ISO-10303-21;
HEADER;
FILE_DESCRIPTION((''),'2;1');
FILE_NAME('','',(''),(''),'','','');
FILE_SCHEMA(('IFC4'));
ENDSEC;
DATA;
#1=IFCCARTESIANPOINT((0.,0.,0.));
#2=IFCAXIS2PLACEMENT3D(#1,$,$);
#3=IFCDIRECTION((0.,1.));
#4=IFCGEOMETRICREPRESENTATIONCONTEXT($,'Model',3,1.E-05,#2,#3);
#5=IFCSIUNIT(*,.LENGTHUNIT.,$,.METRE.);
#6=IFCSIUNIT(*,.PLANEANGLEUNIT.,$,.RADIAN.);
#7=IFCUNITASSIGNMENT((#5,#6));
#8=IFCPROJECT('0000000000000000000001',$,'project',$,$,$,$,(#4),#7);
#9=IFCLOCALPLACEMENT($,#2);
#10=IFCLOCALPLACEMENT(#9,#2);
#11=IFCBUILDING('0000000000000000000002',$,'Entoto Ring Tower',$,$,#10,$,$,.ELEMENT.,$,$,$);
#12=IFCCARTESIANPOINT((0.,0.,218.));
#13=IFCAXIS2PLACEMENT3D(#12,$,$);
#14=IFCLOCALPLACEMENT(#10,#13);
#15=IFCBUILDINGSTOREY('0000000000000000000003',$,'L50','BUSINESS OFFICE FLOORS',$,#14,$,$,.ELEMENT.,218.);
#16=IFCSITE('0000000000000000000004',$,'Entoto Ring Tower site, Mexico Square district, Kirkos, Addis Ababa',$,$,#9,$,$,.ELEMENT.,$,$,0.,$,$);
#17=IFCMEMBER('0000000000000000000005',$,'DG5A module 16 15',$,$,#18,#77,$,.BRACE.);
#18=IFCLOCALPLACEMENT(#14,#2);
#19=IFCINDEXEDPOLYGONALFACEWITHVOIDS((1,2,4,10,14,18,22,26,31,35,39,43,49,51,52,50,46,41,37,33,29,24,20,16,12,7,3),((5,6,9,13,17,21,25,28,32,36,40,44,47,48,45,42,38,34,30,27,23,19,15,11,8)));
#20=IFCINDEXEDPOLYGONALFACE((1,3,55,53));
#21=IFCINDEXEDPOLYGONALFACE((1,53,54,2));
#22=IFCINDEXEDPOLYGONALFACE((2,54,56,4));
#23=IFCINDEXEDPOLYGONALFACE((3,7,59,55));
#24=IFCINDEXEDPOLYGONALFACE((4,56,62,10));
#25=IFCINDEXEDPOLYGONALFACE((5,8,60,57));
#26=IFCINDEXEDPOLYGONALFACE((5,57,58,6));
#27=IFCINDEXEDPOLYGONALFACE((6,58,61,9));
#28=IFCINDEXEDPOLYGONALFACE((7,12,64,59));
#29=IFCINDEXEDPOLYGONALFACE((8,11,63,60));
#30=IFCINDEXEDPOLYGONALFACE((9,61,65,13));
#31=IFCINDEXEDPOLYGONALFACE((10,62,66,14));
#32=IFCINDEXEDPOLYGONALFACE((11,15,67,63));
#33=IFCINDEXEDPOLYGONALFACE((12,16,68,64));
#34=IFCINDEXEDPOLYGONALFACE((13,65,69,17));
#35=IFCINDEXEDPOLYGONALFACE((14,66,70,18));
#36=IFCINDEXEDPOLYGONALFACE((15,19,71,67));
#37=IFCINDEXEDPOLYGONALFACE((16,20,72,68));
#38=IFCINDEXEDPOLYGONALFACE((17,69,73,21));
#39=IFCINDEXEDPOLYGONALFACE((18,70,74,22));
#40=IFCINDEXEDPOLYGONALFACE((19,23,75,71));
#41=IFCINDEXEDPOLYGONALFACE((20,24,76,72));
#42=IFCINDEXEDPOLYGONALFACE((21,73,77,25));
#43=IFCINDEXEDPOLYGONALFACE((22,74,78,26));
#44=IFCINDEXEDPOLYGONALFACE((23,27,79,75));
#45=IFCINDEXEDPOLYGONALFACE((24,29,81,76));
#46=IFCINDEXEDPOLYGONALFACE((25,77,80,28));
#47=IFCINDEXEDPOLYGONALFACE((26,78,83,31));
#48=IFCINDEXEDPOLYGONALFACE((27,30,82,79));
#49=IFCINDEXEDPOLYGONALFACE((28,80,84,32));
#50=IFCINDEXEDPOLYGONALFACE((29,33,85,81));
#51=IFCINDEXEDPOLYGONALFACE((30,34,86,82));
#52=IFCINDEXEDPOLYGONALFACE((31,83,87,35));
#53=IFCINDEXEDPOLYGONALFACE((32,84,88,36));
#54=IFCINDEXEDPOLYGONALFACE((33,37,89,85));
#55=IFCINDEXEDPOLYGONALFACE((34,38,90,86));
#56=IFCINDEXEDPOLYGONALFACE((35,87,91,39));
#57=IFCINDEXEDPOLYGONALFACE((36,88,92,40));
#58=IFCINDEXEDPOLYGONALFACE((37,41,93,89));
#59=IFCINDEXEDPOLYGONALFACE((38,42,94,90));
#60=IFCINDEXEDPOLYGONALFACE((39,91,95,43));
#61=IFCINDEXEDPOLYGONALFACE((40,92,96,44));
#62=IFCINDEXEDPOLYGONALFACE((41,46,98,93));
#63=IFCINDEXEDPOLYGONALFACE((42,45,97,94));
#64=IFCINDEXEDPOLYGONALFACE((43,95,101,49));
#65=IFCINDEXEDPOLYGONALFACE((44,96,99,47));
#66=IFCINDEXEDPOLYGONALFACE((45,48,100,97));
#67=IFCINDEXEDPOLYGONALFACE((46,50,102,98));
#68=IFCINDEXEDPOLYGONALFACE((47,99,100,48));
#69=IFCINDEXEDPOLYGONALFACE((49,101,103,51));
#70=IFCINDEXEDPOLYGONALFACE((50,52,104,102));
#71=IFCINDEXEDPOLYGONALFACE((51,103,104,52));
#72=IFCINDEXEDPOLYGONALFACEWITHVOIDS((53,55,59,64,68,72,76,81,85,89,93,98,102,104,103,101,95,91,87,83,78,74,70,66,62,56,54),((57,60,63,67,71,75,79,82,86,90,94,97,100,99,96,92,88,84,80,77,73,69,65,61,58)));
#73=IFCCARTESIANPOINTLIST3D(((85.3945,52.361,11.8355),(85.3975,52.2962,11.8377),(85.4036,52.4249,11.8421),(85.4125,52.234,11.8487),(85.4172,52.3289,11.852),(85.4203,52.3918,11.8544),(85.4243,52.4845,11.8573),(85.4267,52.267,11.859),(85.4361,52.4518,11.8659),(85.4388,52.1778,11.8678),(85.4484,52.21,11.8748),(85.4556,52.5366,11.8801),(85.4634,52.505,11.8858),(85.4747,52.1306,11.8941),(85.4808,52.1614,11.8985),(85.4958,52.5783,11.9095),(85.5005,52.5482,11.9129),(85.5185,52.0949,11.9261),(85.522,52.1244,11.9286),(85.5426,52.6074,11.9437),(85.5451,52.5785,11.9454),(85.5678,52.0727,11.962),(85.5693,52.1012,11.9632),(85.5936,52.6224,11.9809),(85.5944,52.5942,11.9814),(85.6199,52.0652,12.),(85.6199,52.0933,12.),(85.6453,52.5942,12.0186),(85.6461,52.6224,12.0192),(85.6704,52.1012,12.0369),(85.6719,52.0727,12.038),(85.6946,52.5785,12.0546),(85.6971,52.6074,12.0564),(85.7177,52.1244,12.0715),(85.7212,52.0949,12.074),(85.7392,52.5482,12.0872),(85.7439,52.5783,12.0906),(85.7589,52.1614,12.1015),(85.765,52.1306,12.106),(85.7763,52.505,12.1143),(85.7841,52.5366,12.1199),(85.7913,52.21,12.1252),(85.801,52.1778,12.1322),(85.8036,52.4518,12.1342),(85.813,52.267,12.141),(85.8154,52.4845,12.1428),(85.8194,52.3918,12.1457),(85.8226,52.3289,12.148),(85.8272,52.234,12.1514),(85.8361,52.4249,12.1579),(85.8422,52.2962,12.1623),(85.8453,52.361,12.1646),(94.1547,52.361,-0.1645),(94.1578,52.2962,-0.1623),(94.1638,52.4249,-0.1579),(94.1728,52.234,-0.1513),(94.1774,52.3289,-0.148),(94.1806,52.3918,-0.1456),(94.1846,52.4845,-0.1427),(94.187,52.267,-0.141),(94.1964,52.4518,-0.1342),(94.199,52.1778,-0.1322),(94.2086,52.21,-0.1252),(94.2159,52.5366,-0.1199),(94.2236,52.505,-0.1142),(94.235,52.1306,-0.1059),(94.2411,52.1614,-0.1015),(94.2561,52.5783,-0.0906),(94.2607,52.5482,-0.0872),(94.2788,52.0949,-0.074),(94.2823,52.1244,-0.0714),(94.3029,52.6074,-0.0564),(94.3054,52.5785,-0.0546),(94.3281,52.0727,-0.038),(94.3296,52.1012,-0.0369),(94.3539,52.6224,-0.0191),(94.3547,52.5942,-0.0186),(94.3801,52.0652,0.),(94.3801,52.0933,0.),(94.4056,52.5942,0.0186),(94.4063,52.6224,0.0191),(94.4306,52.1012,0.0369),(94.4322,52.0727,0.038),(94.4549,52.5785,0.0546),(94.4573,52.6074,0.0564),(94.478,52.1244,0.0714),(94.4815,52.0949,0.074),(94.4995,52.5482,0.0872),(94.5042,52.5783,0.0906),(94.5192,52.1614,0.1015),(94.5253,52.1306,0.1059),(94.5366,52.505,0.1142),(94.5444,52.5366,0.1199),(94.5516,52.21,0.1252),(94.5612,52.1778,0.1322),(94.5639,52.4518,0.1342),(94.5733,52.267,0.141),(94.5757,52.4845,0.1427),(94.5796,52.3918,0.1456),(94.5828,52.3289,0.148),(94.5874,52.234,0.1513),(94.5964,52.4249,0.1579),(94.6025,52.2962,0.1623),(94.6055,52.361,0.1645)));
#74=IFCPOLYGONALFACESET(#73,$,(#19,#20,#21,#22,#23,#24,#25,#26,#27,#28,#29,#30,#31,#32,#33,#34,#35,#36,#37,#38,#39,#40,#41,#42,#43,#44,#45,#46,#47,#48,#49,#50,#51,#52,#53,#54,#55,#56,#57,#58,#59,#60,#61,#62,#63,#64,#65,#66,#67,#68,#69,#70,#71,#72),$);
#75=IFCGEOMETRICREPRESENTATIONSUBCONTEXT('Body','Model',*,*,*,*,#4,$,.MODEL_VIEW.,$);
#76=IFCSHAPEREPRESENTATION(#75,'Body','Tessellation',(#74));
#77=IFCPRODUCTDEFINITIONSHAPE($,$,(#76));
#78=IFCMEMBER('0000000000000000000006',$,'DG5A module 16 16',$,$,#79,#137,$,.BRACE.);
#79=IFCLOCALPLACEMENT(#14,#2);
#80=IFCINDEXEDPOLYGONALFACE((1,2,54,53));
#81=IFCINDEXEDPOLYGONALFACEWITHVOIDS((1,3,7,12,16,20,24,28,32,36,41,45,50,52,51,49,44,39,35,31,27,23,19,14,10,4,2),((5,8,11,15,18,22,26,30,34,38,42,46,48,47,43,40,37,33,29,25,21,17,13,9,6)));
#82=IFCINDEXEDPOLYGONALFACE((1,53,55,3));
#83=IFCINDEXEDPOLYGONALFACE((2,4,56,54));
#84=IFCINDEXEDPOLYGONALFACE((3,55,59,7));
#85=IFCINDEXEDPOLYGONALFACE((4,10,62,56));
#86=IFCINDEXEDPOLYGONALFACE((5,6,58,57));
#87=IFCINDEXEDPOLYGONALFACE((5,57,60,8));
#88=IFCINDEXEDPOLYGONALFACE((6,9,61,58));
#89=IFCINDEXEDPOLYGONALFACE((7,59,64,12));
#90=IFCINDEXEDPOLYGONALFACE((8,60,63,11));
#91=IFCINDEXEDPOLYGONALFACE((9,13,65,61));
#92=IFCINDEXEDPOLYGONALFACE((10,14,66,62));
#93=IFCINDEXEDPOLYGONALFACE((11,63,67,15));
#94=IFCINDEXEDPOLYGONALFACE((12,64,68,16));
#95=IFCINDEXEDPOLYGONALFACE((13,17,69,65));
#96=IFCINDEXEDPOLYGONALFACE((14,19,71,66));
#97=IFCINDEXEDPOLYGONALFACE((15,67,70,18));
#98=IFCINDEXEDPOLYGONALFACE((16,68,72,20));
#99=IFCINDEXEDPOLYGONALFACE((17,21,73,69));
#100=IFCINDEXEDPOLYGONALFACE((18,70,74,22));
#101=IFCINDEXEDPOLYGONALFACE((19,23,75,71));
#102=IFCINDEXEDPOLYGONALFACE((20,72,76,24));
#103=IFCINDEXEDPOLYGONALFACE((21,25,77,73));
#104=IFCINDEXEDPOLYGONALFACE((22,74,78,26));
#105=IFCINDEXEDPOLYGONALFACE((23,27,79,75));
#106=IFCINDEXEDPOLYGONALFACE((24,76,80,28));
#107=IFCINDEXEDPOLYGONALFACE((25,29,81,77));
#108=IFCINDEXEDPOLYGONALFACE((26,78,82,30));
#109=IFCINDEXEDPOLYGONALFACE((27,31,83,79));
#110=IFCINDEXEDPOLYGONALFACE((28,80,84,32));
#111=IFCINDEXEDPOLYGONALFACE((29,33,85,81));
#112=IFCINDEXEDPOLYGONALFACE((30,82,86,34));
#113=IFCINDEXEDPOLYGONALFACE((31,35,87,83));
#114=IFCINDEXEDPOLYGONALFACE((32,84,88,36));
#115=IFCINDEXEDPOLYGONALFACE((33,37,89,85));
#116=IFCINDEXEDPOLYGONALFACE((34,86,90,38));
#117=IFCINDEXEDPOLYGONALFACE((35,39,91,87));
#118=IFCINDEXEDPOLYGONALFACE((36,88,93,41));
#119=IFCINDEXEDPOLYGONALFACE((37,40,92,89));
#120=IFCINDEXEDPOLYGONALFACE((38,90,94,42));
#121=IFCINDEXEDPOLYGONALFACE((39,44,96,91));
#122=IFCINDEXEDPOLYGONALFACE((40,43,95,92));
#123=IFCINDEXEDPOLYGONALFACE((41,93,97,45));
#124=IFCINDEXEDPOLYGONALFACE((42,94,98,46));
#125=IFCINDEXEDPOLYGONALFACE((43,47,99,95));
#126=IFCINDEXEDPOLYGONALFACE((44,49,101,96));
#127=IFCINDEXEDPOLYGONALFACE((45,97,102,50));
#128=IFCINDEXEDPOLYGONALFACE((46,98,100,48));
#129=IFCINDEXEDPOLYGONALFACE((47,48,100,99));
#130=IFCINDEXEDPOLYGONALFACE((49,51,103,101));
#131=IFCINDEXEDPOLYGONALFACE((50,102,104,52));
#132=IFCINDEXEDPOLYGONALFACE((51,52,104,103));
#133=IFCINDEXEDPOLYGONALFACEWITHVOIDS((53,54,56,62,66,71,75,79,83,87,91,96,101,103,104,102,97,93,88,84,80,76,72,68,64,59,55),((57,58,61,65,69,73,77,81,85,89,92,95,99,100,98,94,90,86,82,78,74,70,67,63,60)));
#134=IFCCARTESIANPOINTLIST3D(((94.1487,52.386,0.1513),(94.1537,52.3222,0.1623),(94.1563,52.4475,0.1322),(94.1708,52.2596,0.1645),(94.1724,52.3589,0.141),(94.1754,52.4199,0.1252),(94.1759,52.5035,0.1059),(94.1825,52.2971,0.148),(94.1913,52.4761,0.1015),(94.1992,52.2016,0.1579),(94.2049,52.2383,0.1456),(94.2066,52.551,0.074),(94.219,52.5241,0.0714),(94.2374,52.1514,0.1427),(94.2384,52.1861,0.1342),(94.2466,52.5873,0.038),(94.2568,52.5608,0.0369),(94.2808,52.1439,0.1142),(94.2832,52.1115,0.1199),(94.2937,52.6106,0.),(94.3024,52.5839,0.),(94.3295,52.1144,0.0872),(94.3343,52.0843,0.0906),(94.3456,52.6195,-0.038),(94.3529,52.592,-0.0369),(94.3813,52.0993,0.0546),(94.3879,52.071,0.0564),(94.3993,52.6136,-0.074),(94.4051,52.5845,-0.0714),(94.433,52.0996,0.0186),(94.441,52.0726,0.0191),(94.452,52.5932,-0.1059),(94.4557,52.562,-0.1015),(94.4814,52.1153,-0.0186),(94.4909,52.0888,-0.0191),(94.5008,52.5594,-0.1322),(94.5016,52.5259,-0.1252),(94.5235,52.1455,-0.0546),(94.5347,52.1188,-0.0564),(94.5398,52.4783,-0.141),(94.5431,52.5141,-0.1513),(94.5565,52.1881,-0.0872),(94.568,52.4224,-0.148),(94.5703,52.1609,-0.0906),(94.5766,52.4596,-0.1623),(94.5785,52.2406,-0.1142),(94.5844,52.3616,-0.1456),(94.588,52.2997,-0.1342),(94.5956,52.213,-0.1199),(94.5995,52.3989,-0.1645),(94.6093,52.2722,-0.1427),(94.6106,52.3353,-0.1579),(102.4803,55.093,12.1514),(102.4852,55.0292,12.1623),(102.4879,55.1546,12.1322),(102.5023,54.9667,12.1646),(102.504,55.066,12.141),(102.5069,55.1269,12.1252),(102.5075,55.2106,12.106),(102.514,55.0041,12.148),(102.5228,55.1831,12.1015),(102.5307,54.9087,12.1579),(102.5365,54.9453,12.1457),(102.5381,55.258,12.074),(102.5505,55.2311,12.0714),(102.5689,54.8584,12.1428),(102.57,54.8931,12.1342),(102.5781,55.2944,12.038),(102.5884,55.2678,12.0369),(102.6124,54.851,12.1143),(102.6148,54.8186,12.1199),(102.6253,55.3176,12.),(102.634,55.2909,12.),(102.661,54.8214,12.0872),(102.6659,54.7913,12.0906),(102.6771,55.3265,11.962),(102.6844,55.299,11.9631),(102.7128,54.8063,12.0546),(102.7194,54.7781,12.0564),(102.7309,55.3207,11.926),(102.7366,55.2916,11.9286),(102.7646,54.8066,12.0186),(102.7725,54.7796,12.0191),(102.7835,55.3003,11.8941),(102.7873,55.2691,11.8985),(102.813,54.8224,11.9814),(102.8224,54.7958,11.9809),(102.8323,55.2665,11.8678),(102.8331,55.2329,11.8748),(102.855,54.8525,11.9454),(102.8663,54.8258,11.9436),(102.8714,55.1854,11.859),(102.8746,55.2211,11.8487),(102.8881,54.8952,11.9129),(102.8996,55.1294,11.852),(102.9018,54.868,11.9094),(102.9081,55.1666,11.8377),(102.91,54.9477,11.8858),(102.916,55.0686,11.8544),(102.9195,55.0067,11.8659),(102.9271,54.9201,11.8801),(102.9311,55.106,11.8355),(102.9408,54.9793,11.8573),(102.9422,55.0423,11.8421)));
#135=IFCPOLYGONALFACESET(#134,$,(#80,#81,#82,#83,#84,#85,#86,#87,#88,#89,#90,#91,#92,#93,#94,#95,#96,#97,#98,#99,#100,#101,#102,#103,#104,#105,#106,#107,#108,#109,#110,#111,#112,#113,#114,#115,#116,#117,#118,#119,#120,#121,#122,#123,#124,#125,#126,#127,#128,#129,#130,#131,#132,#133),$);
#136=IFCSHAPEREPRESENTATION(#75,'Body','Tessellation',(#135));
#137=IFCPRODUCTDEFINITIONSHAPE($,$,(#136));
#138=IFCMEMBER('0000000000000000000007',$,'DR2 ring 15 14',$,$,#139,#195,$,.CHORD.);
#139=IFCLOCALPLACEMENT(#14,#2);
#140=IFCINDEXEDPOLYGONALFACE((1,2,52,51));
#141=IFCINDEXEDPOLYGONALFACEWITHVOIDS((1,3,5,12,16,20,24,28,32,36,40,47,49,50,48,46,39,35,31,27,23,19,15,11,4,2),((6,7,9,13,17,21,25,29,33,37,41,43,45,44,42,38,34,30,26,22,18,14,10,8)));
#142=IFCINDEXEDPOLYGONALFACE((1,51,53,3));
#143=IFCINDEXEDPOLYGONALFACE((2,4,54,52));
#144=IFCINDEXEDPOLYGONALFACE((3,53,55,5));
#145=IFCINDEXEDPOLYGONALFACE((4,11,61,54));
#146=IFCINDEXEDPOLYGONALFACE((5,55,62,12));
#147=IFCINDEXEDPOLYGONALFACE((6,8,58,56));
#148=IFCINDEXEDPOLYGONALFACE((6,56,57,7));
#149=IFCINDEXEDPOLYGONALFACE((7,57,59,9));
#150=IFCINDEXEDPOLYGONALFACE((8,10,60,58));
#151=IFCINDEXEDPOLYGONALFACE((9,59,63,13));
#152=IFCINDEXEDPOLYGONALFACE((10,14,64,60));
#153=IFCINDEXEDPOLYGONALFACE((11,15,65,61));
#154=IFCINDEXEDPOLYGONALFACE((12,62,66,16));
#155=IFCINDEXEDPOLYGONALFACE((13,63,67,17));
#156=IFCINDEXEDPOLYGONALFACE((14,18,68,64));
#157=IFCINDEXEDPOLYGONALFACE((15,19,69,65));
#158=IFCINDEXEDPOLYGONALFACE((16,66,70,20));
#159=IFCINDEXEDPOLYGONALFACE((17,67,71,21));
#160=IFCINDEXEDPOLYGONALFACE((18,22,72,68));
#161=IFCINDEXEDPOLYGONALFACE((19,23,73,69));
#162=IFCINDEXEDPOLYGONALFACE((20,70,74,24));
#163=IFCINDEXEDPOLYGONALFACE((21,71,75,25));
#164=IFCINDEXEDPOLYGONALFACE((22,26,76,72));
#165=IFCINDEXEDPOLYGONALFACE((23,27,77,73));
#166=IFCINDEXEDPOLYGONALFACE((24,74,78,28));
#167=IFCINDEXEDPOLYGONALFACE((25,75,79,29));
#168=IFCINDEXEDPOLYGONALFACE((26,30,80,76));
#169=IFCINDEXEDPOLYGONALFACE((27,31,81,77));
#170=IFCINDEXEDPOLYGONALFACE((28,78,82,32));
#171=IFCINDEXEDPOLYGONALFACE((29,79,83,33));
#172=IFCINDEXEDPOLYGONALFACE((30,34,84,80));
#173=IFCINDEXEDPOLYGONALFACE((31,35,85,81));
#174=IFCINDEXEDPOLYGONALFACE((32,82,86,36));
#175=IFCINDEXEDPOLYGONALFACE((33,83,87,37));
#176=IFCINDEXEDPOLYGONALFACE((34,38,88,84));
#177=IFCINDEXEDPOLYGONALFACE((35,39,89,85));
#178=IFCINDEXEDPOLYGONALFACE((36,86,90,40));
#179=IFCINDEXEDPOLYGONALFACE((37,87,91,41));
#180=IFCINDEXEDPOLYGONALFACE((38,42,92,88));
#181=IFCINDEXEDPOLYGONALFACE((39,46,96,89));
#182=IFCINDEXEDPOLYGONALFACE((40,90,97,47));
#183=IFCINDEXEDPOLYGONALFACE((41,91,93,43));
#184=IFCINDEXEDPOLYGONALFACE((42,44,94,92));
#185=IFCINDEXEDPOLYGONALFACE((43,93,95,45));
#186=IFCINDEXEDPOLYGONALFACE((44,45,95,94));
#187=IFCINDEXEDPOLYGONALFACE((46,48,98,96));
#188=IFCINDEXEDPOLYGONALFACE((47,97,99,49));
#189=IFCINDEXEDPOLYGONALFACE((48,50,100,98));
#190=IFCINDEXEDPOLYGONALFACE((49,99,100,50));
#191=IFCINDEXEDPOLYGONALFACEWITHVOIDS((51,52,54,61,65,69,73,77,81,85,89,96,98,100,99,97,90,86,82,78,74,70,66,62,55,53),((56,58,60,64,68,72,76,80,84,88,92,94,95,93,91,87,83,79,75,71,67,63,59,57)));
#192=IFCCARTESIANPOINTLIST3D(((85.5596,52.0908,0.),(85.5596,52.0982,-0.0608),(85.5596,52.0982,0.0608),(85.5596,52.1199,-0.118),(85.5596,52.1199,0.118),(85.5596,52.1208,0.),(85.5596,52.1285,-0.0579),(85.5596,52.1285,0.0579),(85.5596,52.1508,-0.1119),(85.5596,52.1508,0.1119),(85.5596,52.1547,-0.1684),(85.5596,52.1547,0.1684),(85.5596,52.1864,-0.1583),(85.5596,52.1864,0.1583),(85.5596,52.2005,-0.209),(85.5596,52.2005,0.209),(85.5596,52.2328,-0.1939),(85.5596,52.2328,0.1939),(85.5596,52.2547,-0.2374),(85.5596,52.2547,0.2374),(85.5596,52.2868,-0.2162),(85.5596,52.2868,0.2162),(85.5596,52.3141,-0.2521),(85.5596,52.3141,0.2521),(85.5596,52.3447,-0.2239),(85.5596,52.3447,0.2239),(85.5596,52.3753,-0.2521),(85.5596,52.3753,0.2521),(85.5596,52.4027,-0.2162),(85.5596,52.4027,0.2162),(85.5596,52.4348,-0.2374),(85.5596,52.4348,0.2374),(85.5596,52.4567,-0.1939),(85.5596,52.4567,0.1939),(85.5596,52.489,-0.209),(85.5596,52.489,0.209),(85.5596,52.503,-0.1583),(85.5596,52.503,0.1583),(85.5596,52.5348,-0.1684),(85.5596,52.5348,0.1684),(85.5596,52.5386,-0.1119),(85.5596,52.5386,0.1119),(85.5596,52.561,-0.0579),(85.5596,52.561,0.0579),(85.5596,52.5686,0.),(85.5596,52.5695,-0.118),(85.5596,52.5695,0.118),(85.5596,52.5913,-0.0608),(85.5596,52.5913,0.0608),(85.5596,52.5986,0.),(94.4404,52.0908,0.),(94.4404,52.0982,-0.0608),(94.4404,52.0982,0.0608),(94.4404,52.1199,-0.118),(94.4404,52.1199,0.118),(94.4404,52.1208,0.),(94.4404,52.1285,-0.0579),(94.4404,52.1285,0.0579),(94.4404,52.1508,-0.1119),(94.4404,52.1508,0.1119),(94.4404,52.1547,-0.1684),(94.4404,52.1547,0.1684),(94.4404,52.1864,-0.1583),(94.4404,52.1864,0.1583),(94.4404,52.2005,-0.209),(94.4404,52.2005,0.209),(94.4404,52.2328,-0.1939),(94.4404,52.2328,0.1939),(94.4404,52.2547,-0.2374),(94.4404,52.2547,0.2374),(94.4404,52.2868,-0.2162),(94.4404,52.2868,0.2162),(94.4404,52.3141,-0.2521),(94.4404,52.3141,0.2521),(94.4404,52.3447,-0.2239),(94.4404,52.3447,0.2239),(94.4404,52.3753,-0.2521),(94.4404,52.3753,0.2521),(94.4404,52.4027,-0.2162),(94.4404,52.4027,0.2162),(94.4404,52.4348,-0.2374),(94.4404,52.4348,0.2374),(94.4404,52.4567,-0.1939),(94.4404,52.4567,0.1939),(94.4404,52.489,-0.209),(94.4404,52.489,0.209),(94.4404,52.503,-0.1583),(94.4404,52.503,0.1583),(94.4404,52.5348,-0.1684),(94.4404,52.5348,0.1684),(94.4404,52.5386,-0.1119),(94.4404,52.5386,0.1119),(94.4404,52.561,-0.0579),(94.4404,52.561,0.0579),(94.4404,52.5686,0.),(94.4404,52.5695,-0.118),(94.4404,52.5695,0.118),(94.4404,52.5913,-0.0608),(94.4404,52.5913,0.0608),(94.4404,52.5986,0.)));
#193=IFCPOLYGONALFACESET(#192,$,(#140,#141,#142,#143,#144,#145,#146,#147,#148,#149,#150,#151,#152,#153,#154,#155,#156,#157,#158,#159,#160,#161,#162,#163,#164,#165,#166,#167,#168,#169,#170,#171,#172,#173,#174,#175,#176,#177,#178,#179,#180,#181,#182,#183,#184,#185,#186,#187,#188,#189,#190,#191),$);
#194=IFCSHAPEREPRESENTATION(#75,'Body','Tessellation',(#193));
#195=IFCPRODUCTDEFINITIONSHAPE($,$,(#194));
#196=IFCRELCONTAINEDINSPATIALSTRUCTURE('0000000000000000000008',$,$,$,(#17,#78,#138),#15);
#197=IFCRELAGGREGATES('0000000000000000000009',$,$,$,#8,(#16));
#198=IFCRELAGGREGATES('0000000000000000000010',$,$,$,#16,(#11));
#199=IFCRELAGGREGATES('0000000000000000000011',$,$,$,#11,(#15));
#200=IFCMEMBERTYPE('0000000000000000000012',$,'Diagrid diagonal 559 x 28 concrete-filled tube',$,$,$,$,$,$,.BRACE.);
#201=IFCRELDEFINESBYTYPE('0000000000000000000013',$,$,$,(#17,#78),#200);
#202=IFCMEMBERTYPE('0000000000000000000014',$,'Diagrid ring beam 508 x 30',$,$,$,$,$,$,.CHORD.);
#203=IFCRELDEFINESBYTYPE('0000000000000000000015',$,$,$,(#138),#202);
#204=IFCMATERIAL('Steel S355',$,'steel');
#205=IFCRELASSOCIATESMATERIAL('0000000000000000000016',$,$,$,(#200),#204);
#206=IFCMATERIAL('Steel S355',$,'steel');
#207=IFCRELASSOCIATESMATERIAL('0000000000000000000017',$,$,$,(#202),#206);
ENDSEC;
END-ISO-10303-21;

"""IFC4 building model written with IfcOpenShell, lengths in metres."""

from ifc_helpers import new_model, si_unit, direction, frame, origin, origin_2d, place, context, subcontext, project, spatial, circle, hollow_circle, extrude, material, material_profile, profile_set, type_object, element, save


model = new_model("IFC4")

# Units and contexts
model_context = context("Model", 3, precision=1e-05, world=origin(), true_north=direction((0.0, 1.0)))
body_context = subcontext(model_context, "Body", "Model", "MODEL_VIEW")
ifc_project = project(units=[si_unit("LENGTHUNIT", "METRE"), si_unit("PLANEANGLEUNIT", "RADIAN")], contexts=[model_context])

# Site, building, storey
site_placement = place(None, origin())
site = spatial("IfcSite", under=ifc_project, at=site_placement, Name="Entoto Ring Tower site, Mexico Square district, Kirkos, Addis Ababa", CompositionType="ELEMENT", RefElevation=0.0)
building_placement = place(site_placement, origin())
building = spatial("IfcBuilding", under=site, at=building_placement, Name="Entoto Ring Tower", CompositionType="ELEMENT")
storey_placement = place(building_placement, frame((0.0, 0.0, 218.0)))
storey = spatial("IfcBuildingStorey", under=building, at=storey_placement, Name="L50", Description="BUSINESS OFFICE FLOORS", CompositionType="ELEMENT", Elevation=218.0)

# Members
ifc_material_1 = material(Name="Steel S355", Category="steel")
ifc_material_profile_1 = material_profile(ifc_material_1, hollow_circle(Radius=0.2795, WallThickness=0.0281, at=origin_2d()), Name="CHS 559 x 28")
ifc_material_2 = material(Name="Concrete C60/75", Category="concrete")
ifc_material_profile_2 = material_profile(ifc_material_2, circle(Radius=0.2515, at=origin_2d()), Name="Concrete C60/75 infill")
ifc_profile_set_1 = profile_set([ifc_material_profile_1, ifc_material_profile_2], Name="Steel S355")
member_type_1 = type_object("IfcMemberType", Name="Diagrid diagonal 559 x 28 concrete-filled tube", PredefinedType="BRACE", material=ifc_profile_set_1)
for number, where, z_axis, x_axis, name in (
    (1, (94.3801, 52.3447, 0.0), (-0.589623, 0.0, 0.807679), (0.0, -1.0, 0.0), "DG5A module 16 15"),
    (2, (94.3801, 52.3447, 0.0), (0.560767, 0.182201, 0.807678), (-0.309012, 0.951058, 0.0), "DG5A module 16 16"),
):
    element("IfcMember", number, at=place(storey_placement, frame(where, z_axis=z_axis, x_axis=x_axis)), inside=storey, type_object=member_type_1, Name=name, PredefinedType="BRACE", context=body_context, shape_type="SweptSolid", body=[
        extrude(hollow_circle(Radius=0.2795, WallThickness=0.0281, at=origin_2d()), origin(), (0.0, 0.0, 1.0), 14.8574),
    ])
ifc_material_3 = material(Name="Steel S355", Category="steel")
ifc_material_profile_3 = material_profile(ifc_material_3, hollow_circle(Radius=0.2539, WallThickness=0.03, at=origin_2d()), Name="CHS 508 x 30")
ifc_material_4 = material(Name="Concrete C60/75", Category="concrete")
ifc_material_profile_4 = material_profile(ifc_material_4, circle(Radius=0.2241, at=origin_2d()), Name="Concrete C60/75 infill")
ifc_profile_set_2 = profile_set([ifc_material_profile_3, ifc_material_profile_4], Name="Steel S355")
member_type_2 = type_object("IfcMemberType", Name="Diagrid ring beam 508 x 30", PredefinedType="CHORD", material=ifc_profile_set_2)
member_1_placement = place(storey_placement, frame((85.5596, 52.3447, 0.0), z_axis=(1.0, 0.0, 0.0), x_axis=(0.0, 1.0, 0.0)))
element("IfcMember", 3, at=member_1_placement, inside=storey, type_object=member_type_2, Name="DR2 ring 15 14", PredefinedType="CHORD", context=body_context, shape_type="SweptSolid", body=[
    extrude(hollow_circle(Radius=0.2539, WallThickness=0.03, at=origin_2d()), origin(), (0.0, 0.0, 1.0), 8.8809),
])

save(model, "model.ifc")
